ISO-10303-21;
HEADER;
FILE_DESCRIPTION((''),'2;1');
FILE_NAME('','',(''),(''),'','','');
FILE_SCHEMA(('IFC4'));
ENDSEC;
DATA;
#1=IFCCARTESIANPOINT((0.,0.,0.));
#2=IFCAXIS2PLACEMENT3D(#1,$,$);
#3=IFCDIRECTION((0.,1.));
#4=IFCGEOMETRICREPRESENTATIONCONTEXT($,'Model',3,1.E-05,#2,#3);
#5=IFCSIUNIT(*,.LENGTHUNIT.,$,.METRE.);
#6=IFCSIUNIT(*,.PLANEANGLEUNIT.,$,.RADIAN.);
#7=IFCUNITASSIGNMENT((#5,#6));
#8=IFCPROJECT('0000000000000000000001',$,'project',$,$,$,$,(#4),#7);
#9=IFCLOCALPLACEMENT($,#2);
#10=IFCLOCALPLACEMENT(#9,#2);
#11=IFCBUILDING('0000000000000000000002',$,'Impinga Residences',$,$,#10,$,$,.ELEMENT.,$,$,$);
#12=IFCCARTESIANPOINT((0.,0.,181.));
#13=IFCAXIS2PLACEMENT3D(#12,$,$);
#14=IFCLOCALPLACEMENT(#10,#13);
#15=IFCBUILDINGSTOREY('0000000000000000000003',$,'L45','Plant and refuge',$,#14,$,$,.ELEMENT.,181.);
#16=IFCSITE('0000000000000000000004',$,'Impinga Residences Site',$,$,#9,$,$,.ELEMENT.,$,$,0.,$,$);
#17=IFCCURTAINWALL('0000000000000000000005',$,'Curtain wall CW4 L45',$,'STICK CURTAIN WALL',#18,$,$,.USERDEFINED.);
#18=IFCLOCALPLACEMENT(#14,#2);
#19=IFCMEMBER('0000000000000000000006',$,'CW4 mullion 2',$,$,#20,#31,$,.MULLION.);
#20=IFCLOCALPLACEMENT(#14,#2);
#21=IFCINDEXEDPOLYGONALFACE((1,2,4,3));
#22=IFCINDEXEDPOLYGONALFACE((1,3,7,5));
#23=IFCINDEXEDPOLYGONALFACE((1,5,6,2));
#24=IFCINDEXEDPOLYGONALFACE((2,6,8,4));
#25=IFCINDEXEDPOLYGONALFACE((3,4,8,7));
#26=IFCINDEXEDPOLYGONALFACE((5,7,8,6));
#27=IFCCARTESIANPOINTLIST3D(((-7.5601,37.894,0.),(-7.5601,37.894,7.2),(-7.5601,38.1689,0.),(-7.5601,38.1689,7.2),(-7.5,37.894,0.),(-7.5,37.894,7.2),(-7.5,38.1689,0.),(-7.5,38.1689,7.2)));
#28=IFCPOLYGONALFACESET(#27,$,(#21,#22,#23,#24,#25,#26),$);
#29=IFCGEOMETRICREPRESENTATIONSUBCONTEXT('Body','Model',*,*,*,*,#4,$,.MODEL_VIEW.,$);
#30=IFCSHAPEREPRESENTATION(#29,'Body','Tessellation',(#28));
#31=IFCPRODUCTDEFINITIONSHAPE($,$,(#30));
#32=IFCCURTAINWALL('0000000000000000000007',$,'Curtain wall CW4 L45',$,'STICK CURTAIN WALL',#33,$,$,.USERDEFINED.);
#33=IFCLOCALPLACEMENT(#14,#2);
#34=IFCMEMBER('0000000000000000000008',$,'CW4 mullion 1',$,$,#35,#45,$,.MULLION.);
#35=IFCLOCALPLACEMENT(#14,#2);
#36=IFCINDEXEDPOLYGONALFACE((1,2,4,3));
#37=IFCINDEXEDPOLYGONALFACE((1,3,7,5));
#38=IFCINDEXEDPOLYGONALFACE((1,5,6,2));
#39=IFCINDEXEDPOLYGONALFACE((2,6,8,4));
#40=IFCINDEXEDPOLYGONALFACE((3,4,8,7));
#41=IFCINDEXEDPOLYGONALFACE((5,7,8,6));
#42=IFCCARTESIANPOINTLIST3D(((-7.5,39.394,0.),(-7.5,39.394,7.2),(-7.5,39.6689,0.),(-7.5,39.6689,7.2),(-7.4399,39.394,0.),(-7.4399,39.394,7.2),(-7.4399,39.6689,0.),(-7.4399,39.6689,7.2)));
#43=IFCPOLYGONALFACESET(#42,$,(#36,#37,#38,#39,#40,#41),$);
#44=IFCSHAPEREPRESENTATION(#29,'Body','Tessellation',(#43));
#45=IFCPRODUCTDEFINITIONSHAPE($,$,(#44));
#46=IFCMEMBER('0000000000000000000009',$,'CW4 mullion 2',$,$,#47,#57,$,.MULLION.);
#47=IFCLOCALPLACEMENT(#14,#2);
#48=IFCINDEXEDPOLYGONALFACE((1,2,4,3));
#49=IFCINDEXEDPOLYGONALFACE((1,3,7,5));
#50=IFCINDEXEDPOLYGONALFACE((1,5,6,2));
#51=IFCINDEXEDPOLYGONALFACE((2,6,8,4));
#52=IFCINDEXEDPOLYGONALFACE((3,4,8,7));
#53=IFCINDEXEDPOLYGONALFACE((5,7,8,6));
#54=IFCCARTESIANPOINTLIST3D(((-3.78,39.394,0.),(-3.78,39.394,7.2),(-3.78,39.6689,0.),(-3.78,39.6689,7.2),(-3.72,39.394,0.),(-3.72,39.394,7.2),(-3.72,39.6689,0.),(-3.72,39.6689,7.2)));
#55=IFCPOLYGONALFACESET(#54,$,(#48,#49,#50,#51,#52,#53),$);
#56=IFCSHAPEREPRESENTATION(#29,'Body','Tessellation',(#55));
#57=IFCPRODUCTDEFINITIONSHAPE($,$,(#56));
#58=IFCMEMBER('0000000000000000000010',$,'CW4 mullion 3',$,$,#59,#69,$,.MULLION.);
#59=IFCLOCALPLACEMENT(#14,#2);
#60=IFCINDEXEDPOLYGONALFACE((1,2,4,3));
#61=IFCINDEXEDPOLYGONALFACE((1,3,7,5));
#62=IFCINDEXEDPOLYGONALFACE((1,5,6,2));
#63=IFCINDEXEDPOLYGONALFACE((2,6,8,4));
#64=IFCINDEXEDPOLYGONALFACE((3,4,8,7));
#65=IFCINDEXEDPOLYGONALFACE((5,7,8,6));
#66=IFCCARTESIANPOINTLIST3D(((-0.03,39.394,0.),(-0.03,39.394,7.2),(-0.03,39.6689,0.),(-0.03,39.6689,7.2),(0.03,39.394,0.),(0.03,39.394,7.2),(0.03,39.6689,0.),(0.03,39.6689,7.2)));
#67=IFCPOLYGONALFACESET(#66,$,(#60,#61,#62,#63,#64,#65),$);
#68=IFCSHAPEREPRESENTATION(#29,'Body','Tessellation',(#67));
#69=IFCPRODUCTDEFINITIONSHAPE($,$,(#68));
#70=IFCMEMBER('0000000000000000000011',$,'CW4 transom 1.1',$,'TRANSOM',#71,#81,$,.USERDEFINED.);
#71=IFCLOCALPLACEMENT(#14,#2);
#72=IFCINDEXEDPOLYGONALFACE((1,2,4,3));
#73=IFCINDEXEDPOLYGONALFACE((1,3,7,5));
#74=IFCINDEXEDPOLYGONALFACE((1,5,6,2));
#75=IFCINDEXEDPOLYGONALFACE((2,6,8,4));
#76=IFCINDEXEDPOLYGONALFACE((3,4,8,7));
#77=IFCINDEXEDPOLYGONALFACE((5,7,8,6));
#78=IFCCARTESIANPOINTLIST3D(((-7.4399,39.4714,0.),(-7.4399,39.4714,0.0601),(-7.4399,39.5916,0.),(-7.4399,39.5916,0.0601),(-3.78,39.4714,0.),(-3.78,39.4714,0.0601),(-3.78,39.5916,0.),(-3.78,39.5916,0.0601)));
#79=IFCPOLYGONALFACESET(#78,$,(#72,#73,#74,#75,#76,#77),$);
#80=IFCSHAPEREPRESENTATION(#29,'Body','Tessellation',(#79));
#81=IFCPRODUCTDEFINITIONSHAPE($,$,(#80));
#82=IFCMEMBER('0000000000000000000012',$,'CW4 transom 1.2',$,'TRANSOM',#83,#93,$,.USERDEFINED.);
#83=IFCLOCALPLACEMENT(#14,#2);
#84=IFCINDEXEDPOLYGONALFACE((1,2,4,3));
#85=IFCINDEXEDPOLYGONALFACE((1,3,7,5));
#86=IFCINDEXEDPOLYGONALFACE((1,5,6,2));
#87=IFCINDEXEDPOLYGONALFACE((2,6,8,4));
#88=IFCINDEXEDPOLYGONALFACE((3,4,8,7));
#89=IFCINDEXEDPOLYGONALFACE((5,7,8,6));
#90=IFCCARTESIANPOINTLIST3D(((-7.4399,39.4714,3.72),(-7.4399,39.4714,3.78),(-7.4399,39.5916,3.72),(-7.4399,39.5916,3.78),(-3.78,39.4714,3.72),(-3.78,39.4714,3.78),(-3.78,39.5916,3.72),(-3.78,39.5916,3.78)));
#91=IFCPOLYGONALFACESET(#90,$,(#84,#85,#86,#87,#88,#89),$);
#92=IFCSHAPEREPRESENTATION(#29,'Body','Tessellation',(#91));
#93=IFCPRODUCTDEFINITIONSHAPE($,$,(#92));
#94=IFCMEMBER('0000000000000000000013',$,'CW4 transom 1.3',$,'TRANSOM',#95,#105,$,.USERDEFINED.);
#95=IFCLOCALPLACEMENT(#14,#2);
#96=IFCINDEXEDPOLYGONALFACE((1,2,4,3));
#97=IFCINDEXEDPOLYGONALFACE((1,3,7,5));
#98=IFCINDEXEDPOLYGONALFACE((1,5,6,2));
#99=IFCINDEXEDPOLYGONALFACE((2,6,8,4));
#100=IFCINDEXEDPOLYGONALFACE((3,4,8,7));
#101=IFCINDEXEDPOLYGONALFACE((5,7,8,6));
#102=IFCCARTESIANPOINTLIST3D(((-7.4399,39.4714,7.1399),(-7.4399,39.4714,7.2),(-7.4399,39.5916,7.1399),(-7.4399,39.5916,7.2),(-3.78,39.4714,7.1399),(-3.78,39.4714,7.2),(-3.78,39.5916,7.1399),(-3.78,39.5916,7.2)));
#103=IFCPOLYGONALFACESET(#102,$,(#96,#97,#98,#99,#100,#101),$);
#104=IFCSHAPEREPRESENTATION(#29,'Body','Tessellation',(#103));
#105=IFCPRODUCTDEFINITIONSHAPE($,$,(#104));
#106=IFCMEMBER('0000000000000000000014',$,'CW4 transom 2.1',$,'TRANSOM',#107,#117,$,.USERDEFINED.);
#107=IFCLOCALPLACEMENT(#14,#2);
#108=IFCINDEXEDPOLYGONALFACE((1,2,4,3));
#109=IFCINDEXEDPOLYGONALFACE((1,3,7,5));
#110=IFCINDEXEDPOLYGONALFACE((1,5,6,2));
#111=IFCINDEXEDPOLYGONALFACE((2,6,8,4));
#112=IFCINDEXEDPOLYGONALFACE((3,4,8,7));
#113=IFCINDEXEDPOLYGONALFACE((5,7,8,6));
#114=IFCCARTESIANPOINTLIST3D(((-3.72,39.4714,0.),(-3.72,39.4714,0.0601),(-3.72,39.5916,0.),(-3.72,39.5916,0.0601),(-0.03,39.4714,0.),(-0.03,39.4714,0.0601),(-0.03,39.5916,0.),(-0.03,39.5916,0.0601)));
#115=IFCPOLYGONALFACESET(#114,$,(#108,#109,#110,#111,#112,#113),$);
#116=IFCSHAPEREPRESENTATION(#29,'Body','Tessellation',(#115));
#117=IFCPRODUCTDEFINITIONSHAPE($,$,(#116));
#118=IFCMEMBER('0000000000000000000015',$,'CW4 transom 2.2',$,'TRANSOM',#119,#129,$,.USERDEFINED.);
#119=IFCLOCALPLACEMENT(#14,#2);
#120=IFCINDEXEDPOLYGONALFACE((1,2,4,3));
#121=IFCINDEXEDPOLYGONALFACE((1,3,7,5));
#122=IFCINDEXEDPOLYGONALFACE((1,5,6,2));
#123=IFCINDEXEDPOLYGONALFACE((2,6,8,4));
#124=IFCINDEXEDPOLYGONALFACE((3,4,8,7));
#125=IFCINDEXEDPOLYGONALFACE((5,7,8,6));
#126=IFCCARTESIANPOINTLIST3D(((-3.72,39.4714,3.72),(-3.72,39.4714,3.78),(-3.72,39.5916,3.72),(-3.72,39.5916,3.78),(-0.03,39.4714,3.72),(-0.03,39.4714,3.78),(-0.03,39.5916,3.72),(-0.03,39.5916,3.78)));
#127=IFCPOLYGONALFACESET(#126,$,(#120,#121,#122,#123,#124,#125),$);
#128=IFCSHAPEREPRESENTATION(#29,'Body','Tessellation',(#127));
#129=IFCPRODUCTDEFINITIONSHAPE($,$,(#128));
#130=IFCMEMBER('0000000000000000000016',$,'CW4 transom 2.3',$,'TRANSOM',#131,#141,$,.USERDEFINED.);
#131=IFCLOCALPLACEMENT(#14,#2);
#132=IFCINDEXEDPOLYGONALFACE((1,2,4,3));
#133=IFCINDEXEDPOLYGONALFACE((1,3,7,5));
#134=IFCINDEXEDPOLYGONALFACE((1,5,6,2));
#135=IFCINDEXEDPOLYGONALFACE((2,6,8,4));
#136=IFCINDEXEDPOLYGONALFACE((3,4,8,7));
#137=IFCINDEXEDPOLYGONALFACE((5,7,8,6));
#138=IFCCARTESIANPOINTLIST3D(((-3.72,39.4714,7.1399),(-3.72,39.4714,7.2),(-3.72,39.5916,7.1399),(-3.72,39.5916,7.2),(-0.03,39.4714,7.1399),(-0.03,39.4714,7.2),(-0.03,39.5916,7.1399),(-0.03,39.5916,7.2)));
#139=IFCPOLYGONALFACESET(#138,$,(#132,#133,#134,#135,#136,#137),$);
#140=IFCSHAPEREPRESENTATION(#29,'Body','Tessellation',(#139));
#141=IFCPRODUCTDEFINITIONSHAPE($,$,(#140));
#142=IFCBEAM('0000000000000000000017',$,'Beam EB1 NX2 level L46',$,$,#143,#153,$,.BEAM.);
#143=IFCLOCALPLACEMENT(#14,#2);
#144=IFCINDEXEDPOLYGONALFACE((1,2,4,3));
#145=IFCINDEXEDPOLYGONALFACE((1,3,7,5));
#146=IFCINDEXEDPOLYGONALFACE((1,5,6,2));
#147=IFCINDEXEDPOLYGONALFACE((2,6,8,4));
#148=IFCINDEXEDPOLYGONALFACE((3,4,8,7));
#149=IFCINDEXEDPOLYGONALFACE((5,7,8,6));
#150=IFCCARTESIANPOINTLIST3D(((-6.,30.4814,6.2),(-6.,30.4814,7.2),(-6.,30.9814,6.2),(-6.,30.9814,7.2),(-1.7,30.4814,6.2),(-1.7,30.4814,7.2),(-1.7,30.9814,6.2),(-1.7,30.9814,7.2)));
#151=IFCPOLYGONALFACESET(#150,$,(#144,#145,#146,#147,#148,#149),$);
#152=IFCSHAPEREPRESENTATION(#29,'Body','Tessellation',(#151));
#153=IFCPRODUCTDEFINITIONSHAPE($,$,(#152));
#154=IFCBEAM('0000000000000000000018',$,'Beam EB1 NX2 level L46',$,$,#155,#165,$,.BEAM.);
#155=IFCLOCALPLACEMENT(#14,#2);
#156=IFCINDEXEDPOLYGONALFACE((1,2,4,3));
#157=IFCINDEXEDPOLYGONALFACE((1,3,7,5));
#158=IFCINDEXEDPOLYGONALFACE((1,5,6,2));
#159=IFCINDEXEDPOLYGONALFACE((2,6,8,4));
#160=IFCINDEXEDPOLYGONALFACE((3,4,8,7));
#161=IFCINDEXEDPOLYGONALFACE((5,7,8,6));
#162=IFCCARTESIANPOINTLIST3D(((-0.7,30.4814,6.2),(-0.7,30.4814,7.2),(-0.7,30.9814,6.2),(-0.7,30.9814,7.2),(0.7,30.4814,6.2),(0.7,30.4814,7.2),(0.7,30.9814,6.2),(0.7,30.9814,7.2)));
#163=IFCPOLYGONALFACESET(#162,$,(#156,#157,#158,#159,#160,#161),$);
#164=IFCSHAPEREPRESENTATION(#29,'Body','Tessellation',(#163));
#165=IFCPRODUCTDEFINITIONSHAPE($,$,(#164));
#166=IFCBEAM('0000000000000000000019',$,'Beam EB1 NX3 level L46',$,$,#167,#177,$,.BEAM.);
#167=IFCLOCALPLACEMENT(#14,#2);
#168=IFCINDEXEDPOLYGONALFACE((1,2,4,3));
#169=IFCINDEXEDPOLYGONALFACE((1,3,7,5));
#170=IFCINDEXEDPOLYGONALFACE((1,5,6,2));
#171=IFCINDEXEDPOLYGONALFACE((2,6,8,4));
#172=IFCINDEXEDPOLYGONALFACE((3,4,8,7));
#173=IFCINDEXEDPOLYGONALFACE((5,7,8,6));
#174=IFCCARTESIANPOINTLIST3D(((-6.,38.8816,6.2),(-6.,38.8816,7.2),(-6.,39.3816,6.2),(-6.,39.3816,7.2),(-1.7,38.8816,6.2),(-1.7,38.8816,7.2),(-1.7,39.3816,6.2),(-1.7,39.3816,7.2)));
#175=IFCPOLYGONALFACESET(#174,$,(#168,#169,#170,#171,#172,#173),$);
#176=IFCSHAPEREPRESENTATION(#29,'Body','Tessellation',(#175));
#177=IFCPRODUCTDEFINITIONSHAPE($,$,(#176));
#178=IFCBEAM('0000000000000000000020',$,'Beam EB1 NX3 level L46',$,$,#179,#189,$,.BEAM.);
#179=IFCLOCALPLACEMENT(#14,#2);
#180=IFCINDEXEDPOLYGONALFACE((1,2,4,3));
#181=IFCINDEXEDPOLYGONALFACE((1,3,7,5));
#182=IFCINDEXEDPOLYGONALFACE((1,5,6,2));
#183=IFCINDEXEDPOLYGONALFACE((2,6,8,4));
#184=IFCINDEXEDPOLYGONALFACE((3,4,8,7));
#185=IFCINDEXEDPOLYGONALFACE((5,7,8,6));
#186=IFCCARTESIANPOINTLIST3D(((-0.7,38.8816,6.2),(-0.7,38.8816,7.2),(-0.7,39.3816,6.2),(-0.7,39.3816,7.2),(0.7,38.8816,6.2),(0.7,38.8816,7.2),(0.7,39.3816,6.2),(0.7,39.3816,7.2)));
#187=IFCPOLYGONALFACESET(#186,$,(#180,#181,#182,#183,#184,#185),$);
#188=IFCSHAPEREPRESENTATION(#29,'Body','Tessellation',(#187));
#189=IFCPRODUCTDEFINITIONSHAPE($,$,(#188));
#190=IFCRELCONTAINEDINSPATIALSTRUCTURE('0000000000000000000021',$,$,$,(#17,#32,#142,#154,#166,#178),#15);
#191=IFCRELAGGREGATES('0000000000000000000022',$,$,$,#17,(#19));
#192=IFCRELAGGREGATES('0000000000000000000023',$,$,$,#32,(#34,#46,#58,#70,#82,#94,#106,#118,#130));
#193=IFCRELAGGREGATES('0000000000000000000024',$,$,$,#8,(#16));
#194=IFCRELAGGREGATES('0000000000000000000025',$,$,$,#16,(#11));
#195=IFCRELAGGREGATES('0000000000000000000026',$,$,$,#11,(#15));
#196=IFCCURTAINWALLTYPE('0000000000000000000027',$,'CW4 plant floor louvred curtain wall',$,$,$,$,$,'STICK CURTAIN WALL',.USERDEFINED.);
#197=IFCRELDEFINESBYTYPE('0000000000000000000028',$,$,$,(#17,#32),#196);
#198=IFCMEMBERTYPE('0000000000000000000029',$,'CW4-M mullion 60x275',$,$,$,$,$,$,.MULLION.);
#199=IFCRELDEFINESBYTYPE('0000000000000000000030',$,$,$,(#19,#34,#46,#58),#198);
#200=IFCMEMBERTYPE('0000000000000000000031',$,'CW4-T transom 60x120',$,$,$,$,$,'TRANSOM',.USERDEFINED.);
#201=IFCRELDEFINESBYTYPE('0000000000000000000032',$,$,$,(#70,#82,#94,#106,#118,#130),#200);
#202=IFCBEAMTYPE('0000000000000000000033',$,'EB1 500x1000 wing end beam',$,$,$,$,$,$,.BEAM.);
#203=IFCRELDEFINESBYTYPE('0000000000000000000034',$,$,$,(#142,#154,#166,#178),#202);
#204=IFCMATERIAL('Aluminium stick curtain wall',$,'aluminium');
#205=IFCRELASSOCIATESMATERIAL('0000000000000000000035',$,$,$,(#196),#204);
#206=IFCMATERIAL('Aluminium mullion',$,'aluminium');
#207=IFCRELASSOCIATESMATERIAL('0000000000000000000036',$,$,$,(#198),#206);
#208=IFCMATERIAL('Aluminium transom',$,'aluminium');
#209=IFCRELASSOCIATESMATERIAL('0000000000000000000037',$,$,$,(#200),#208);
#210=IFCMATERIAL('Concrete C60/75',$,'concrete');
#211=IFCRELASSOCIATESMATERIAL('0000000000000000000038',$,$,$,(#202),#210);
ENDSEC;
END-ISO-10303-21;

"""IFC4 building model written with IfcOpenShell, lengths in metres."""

from ifc_helpers import new_model, si_unit, direction, frame, origin, origin_2d, place, context, subcontext, project, spatial, rectangle, extrude, material, material_profile, profile_set, type_object, element, aggregate, save


model = new_model("IFC4")

# Units and contexts
model_context = context("Model", 3, precision=1e-05, world=origin(), true_north=direction((0.0, 1.0)))
body_context = subcontext(model_context, "Body", "Model", "MODEL_VIEW")
ifc_project = project(units=[si_unit("LENGTHUNIT", "METRE"), si_unit("PLANEANGLEUNIT", "RADIAN")], contexts=[model_context])

# Site, building, storey
site_placement = place(None, origin())
site = spatial("IfcSite", under=ifc_project, at=site_placement, Name="Impinga Residences Site", CompositionType="ELEMENT", RefElevation=0.0)
building_placement = place(site_placement, origin())
building = spatial("IfcBuilding", under=site, at=building_placement, Name="Impinga Residences", CompositionType="ELEMENT")
storey_placement = place(building_placement, frame((0.0, 0.0, 181.0)))
storey = spatial("IfcBuildingStorey", under=building, at=storey_placement, Name="L45", Description="Plant and refuge", CompositionType="ELEMENT", Elevation=181.0)

# Curtain wall, member
ifc_material_1 = material(Name="Aluminium stick curtain wall", Category="aluminium")
curtain_wall_type = type_object("IfcCurtainWallType", Name="CW4 plant floor louvred curtain wall", ElementType="STICK CURTAIN WALL", PredefinedType="USERDEFINED", material=ifc_material_1)
curtain_wall_1_placement = place(storey_placement, origin())
curtain_wall_1 = element("IfcCurtainWall", 1, at=curtain_wall_1_placement, inside=storey, type_object=curtain_wall_type, Name="Curtain wall CW4 L45", ObjectType="STICK CURTAIN WALL", PredefinedType="USERDEFINED")
ifc_material_2 = material(Name="Aluminium mullion", Category="aluminium")
ifc_material_profile_1 = material_profile(ifc_material_2, rectangle(XDim=0.0601, YDim=0.2749, at=origin_2d()), Name="60x275 mullion")
ifc_profile_set_1 = profile_set([ifc_material_profile_1], Name="Aluminium mullion")
member_type_1 = type_object("IfcMemberType", Name="CW4-M mullion 60x275", PredefinedType="MULLION", material=ifc_profile_set_1)
member_1_placement = place(storey_placement, frame((-7.53, 38.0315, 0.0), z_axis=(0.0, 0.0, 1.0), x_axis=(1.0, 0.0, 0.0)))
member_1 = element("IfcMember", 2, at=member_1_placement, type_object=member_type_1, Name="CW4 mullion 2", PredefinedType="MULLION", context=body_context, shape_type="SweptSolid", body=[
    extrude(rectangle(XDim=0.0601, YDim=0.2749, at=origin_2d()), origin(), (0.0, 0.0, 1.0), 7.2),
])

# Curtain wall, members
curtain_wall_2_placement = place(storey_placement, origin())
curtain_wall_2 = element("IfcCurtainWall", 3, at=curtain_wall_2_placement, inside=storey, type_object=curtain_wall_type, Name="Curtain wall CW4 L45", ObjectType="STICK CURTAIN WALL", PredefinedType="USERDEFINED")
member_2_placement = place(storey_placement, frame((-7.47, 39.5315, 0.0), z_axis=(0.0, 0.0, 1.0), x_axis=(1.0, 0.0, 0.0)))
member_2 = element("IfcMember", 4, at=member_2_placement, type_object=member_type_1, Name="CW4 mullion 1", PredefinedType="MULLION", context=body_context, shape_type="SweptSolid", body=[
    extrude(rectangle(XDim=0.0601, YDim=0.2749, at=origin_2d()), origin(), (0.0, 0.0, 1.0), 7.2),
])
member_3_placement = place(storey_placement, frame((-3.75, 39.5315, 0.0), z_axis=(0.0, 0.0, 1.0), x_axis=(1.0, 0.0, 0.0)))
member_3 = element("IfcMember", 5, at=member_3_placement, type_object=member_type_1, Name="CW4 mullion 2", PredefinedType="MULLION", context=body_context, shape_type="SweptSolid", body=[
    extrude(rectangle(XDim=0.0601, YDim=0.2749, at=origin_2d()), origin(), (0.0, 0.0, 1.0), 7.2),
])
member_4_placement = place(storey_placement, frame((0.0, 39.5315, 0.0), z_axis=(0.0, 0.0, 1.0), x_axis=(1.0, 0.0, 0.0)))
member_4 = element("IfcMember", 6, at=member_4_placement, type_object=member_type_1, Name="CW4 mullion 3", PredefinedType="MULLION", context=body_context, shape_type="SweptSolid", body=[
    extrude(rectangle(XDim=0.0601, YDim=0.2749, at=origin_2d()), origin(), (0.0, 0.0, 1.0), 7.2),
])
ifc_material_3 = material(Name="Aluminium transom", Category="aluminium")
ifc_material_profile_2 = material_profile(ifc_material_3, rectangle(XDim=0.0601, YDim=0.1201, at=origin_2d()), Name="60x120 transom")
ifc_profile_set_2 = profile_set([ifc_material_profile_2], Name="Aluminium transom")
member_type_2 = type_object("IfcMemberType", Name="CW4-T transom 60x120", ElementType="TRANSOM", PredefinedType="USERDEFINED", material=ifc_profile_set_2)
member_5_placement = place(storey_placement, frame((-7.4399, 39.5315, 0.03), z_axis=(1.0, 0.0, 0.0), x_axis=(0.0, 0.0, 1.0)))
member_5 = element("IfcMember", 7, at=member_5_placement, type_object=member_type_2, Name="CW4 transom 1.1", ObjectType="TRANSOM", PredefinedType="USERDEFINED", context=body_context, shape_type="SweptSolid", body=[
    extrude(rectangle(XDim=0.0601, YDim=0.1201, at=origin_2d()), origin(), (0.0, 0.0, 1.0), 3.6599),
])
member_6_placement = place(storey_placement, frame((-7.4399, 39.5315, 3.75), z_axis=(1.0, 0.0, 0.0), x_axis=(0.0, 0.0, 1.0)))
member_6 = element("IfcMember", 8, at=member_6_placement, type_object=member_type_2, Name="CW4 transom 1.2", ObjectType="TRANSOM", PredefinedType="USERDEFINED", context=body_context, shape_type="SweptSolid", body=[
    extrude(rectangle(XDim=0.0601, YDim=0.1201, at=origin_2d()), origin(), (0.0, 0.0, 1.0), 3.6599),
])
member_7_placement = place(storey_placement, frame((-7.4399, 39.5315, 7.1699), z_axis=(1.0, 0.0, 0.0), x_axis=(0.0, 0.0, 1.0)))
member_7 = element("IfcMember", 9, at=member_7_placement, type_object=member_type_2, Name="CW4 transom 1.3", ObjectType="TRANSOM", PredefinedType="USERDEFINED", context=body_context, shape_type="SweptSolid", body=[
    extrude(rectangle(XDim=0.0601, YDim=0.1201, at=origin_2d()), origin(), (0.0, 0.0, 1.0), 3.6599),
])
member_8_placement = place(storey_placement, frame((-3.72, 39.5315, 0.03), z_axis=(1.0, 0.0, 0.0), x_axis=(0.0, 0.0, 1.0)))
member_8 = element("IfcMember", 10, at=member_8_placement, type_object=member_type_2, Name="CW4 transom 2.1", ObjectType="TRANSOM", PredefinedType="USERDEFINED", context=body_context, shape_type="SweptSolid", body=[
    extrude(rectangle(XDim=0.0601, YDim=0.1201, at=origin_2d()), origin(), (0.0, 0.0, 1.0), 3.6899),
])
member_9_placement = place(storey_placement, frame((-3.72, 39.5315, 3.75), z_axis=(1.0, 0.0, 0.0), x_axis=(0.0, 0.0, 1.0)))
member_9 = element("IfcMember", 11, at=member_9_placement, type_object=member_type_2, Name="CW4 transom 2.2", ObjectType="TRANSOM", PredefinedType="USERDEFINED", context=body_context, shape_type="SweptSolid", body=[
    extrude(rectangle(XDim=0.0601, YDim=0.1201, at=origin_2d()), origin(), (0.0, 0.0, 1.0), 3.6899),
])
member_10_placement = place(storey_placement, frame((-3.72, 39.5315, 7.1699), z_axis=(1.0, 0.0, 0.0), x_axis=(0.0, 0.0, 1.0)))
member_10 = element("IfcMember", 12, at=member_10_placement, type_object=member_type_2, Name="CW4 transom 2.3", ObjectType="TRANSOM", PredefinedType="USERDEFINED", context=body_context, shape_type="SweptSolid", body=[
    extrude(rectangle(XDim=0.0601, YDim=0.1201, at=origin_2d()), origin(), (0.0, 0.0, 1.0), 3.6899),
])

# Beams
ifc_material_4 = material(Name="Concrete C60/75", Category="concrete")
ifc_material_profile_3 = material_profile(ifc_material_4, rectangle(XDim=0.5, YDim=1.0, at=origin_2d()), Name="RC 500x1000")
ifc_profile_set_3 = profile_set([ifc_material_profile_3], Name="Concrete C60/75")
beam_type = type_object("IfcBeamType", Name="EB1 500x1000 wing end beam", PredefinedType="BEAM", material=ifc_profile_set_3)
beam_1_placement = place(storey_placement, frame((-6.0, 30.7314, 6.7), z_axis=(1.0, 0.0, 0.0), x_axis=(0.0, 1.0, 0.0)))
element("IfcBeam", 13, at=beam_1_placement, inside=storey, type_object=beam_type, Name="Beam EB1 NX2 level L46", PredefinedType="BEAM", context=body_context, shape_type="SweptSolid", body=[
    extrude(rectangle(XDim=0.5, YDim=1.0, at=origin_2d()), origin(), (0.0, 0.0, 1.0), 4.3),
])
beam_2_placement = place(storey_placement, frame((-0.7, 30.7314, 6.7), z_axis=(1.0, 0.0, 0.0), x_axis=(0.0, 1.0, 0.0)))
element("IfcBeam", 14, at=beam_2_placement, inside=storey, type_object=beam_type, Name="Beam EB1 NX2 level L46", PredefinedType="BEAM", context=body_context, shape_type="SweptSolid", body=[
    extrude(rectangle(XDim=0.5, YDim=1.0, at=origin_2d()), origin(), (0.0, 0.0, 1.0), 1.3999),
])
beam_3_placement = place(storey_placement, frame((-6.0, 39.1316, 6.7), z_axis=(1.0, 0.0, 0.0), x_axis=(0.0, 1.0, 0.0)))
element("IfcBeam", 15, at=beam_3_placement, inside=storey, type_object=beam_type, Name="Beam EB1 NX3 level L46", PredefinedType="BEAM", context=body_context, shape_type="SweptSolid", body=[
    extrude(rectangle(XDim=0.5, YDim=1.0, at=origin_2d()), origin(), (0.0, 0.0, 1.0), 4.3),
])
beam_4_placement = place(storey_placement, frame((-0.7, 39.1316, 6.7), z_axis=(1.0, 0.0, 0.0), x_axis=(0.0, 1.0, 0.0)))
element("IfcBeam", 16, at=beam_4_placement, inside=storey, type_object=beam_type, Name="Beam EB1 NX3 level L46", PredefinedType="BEAM", context=body_context, shape_type="SweptSolid", body=[
    extrude(rectangle(XDim=0.5, YDim=1.0, at=origin_2d()), origin(), (0.0, 0.0, 1.0), 1.3999),
])

aggregate(curtain_wall_1, [member_1])
aggregate(curtain_wall_2, [member_2, member_3, member_4, member_5, member_6, member_7, member_8, member_9, member_10])

save(model, "model.ifc")
